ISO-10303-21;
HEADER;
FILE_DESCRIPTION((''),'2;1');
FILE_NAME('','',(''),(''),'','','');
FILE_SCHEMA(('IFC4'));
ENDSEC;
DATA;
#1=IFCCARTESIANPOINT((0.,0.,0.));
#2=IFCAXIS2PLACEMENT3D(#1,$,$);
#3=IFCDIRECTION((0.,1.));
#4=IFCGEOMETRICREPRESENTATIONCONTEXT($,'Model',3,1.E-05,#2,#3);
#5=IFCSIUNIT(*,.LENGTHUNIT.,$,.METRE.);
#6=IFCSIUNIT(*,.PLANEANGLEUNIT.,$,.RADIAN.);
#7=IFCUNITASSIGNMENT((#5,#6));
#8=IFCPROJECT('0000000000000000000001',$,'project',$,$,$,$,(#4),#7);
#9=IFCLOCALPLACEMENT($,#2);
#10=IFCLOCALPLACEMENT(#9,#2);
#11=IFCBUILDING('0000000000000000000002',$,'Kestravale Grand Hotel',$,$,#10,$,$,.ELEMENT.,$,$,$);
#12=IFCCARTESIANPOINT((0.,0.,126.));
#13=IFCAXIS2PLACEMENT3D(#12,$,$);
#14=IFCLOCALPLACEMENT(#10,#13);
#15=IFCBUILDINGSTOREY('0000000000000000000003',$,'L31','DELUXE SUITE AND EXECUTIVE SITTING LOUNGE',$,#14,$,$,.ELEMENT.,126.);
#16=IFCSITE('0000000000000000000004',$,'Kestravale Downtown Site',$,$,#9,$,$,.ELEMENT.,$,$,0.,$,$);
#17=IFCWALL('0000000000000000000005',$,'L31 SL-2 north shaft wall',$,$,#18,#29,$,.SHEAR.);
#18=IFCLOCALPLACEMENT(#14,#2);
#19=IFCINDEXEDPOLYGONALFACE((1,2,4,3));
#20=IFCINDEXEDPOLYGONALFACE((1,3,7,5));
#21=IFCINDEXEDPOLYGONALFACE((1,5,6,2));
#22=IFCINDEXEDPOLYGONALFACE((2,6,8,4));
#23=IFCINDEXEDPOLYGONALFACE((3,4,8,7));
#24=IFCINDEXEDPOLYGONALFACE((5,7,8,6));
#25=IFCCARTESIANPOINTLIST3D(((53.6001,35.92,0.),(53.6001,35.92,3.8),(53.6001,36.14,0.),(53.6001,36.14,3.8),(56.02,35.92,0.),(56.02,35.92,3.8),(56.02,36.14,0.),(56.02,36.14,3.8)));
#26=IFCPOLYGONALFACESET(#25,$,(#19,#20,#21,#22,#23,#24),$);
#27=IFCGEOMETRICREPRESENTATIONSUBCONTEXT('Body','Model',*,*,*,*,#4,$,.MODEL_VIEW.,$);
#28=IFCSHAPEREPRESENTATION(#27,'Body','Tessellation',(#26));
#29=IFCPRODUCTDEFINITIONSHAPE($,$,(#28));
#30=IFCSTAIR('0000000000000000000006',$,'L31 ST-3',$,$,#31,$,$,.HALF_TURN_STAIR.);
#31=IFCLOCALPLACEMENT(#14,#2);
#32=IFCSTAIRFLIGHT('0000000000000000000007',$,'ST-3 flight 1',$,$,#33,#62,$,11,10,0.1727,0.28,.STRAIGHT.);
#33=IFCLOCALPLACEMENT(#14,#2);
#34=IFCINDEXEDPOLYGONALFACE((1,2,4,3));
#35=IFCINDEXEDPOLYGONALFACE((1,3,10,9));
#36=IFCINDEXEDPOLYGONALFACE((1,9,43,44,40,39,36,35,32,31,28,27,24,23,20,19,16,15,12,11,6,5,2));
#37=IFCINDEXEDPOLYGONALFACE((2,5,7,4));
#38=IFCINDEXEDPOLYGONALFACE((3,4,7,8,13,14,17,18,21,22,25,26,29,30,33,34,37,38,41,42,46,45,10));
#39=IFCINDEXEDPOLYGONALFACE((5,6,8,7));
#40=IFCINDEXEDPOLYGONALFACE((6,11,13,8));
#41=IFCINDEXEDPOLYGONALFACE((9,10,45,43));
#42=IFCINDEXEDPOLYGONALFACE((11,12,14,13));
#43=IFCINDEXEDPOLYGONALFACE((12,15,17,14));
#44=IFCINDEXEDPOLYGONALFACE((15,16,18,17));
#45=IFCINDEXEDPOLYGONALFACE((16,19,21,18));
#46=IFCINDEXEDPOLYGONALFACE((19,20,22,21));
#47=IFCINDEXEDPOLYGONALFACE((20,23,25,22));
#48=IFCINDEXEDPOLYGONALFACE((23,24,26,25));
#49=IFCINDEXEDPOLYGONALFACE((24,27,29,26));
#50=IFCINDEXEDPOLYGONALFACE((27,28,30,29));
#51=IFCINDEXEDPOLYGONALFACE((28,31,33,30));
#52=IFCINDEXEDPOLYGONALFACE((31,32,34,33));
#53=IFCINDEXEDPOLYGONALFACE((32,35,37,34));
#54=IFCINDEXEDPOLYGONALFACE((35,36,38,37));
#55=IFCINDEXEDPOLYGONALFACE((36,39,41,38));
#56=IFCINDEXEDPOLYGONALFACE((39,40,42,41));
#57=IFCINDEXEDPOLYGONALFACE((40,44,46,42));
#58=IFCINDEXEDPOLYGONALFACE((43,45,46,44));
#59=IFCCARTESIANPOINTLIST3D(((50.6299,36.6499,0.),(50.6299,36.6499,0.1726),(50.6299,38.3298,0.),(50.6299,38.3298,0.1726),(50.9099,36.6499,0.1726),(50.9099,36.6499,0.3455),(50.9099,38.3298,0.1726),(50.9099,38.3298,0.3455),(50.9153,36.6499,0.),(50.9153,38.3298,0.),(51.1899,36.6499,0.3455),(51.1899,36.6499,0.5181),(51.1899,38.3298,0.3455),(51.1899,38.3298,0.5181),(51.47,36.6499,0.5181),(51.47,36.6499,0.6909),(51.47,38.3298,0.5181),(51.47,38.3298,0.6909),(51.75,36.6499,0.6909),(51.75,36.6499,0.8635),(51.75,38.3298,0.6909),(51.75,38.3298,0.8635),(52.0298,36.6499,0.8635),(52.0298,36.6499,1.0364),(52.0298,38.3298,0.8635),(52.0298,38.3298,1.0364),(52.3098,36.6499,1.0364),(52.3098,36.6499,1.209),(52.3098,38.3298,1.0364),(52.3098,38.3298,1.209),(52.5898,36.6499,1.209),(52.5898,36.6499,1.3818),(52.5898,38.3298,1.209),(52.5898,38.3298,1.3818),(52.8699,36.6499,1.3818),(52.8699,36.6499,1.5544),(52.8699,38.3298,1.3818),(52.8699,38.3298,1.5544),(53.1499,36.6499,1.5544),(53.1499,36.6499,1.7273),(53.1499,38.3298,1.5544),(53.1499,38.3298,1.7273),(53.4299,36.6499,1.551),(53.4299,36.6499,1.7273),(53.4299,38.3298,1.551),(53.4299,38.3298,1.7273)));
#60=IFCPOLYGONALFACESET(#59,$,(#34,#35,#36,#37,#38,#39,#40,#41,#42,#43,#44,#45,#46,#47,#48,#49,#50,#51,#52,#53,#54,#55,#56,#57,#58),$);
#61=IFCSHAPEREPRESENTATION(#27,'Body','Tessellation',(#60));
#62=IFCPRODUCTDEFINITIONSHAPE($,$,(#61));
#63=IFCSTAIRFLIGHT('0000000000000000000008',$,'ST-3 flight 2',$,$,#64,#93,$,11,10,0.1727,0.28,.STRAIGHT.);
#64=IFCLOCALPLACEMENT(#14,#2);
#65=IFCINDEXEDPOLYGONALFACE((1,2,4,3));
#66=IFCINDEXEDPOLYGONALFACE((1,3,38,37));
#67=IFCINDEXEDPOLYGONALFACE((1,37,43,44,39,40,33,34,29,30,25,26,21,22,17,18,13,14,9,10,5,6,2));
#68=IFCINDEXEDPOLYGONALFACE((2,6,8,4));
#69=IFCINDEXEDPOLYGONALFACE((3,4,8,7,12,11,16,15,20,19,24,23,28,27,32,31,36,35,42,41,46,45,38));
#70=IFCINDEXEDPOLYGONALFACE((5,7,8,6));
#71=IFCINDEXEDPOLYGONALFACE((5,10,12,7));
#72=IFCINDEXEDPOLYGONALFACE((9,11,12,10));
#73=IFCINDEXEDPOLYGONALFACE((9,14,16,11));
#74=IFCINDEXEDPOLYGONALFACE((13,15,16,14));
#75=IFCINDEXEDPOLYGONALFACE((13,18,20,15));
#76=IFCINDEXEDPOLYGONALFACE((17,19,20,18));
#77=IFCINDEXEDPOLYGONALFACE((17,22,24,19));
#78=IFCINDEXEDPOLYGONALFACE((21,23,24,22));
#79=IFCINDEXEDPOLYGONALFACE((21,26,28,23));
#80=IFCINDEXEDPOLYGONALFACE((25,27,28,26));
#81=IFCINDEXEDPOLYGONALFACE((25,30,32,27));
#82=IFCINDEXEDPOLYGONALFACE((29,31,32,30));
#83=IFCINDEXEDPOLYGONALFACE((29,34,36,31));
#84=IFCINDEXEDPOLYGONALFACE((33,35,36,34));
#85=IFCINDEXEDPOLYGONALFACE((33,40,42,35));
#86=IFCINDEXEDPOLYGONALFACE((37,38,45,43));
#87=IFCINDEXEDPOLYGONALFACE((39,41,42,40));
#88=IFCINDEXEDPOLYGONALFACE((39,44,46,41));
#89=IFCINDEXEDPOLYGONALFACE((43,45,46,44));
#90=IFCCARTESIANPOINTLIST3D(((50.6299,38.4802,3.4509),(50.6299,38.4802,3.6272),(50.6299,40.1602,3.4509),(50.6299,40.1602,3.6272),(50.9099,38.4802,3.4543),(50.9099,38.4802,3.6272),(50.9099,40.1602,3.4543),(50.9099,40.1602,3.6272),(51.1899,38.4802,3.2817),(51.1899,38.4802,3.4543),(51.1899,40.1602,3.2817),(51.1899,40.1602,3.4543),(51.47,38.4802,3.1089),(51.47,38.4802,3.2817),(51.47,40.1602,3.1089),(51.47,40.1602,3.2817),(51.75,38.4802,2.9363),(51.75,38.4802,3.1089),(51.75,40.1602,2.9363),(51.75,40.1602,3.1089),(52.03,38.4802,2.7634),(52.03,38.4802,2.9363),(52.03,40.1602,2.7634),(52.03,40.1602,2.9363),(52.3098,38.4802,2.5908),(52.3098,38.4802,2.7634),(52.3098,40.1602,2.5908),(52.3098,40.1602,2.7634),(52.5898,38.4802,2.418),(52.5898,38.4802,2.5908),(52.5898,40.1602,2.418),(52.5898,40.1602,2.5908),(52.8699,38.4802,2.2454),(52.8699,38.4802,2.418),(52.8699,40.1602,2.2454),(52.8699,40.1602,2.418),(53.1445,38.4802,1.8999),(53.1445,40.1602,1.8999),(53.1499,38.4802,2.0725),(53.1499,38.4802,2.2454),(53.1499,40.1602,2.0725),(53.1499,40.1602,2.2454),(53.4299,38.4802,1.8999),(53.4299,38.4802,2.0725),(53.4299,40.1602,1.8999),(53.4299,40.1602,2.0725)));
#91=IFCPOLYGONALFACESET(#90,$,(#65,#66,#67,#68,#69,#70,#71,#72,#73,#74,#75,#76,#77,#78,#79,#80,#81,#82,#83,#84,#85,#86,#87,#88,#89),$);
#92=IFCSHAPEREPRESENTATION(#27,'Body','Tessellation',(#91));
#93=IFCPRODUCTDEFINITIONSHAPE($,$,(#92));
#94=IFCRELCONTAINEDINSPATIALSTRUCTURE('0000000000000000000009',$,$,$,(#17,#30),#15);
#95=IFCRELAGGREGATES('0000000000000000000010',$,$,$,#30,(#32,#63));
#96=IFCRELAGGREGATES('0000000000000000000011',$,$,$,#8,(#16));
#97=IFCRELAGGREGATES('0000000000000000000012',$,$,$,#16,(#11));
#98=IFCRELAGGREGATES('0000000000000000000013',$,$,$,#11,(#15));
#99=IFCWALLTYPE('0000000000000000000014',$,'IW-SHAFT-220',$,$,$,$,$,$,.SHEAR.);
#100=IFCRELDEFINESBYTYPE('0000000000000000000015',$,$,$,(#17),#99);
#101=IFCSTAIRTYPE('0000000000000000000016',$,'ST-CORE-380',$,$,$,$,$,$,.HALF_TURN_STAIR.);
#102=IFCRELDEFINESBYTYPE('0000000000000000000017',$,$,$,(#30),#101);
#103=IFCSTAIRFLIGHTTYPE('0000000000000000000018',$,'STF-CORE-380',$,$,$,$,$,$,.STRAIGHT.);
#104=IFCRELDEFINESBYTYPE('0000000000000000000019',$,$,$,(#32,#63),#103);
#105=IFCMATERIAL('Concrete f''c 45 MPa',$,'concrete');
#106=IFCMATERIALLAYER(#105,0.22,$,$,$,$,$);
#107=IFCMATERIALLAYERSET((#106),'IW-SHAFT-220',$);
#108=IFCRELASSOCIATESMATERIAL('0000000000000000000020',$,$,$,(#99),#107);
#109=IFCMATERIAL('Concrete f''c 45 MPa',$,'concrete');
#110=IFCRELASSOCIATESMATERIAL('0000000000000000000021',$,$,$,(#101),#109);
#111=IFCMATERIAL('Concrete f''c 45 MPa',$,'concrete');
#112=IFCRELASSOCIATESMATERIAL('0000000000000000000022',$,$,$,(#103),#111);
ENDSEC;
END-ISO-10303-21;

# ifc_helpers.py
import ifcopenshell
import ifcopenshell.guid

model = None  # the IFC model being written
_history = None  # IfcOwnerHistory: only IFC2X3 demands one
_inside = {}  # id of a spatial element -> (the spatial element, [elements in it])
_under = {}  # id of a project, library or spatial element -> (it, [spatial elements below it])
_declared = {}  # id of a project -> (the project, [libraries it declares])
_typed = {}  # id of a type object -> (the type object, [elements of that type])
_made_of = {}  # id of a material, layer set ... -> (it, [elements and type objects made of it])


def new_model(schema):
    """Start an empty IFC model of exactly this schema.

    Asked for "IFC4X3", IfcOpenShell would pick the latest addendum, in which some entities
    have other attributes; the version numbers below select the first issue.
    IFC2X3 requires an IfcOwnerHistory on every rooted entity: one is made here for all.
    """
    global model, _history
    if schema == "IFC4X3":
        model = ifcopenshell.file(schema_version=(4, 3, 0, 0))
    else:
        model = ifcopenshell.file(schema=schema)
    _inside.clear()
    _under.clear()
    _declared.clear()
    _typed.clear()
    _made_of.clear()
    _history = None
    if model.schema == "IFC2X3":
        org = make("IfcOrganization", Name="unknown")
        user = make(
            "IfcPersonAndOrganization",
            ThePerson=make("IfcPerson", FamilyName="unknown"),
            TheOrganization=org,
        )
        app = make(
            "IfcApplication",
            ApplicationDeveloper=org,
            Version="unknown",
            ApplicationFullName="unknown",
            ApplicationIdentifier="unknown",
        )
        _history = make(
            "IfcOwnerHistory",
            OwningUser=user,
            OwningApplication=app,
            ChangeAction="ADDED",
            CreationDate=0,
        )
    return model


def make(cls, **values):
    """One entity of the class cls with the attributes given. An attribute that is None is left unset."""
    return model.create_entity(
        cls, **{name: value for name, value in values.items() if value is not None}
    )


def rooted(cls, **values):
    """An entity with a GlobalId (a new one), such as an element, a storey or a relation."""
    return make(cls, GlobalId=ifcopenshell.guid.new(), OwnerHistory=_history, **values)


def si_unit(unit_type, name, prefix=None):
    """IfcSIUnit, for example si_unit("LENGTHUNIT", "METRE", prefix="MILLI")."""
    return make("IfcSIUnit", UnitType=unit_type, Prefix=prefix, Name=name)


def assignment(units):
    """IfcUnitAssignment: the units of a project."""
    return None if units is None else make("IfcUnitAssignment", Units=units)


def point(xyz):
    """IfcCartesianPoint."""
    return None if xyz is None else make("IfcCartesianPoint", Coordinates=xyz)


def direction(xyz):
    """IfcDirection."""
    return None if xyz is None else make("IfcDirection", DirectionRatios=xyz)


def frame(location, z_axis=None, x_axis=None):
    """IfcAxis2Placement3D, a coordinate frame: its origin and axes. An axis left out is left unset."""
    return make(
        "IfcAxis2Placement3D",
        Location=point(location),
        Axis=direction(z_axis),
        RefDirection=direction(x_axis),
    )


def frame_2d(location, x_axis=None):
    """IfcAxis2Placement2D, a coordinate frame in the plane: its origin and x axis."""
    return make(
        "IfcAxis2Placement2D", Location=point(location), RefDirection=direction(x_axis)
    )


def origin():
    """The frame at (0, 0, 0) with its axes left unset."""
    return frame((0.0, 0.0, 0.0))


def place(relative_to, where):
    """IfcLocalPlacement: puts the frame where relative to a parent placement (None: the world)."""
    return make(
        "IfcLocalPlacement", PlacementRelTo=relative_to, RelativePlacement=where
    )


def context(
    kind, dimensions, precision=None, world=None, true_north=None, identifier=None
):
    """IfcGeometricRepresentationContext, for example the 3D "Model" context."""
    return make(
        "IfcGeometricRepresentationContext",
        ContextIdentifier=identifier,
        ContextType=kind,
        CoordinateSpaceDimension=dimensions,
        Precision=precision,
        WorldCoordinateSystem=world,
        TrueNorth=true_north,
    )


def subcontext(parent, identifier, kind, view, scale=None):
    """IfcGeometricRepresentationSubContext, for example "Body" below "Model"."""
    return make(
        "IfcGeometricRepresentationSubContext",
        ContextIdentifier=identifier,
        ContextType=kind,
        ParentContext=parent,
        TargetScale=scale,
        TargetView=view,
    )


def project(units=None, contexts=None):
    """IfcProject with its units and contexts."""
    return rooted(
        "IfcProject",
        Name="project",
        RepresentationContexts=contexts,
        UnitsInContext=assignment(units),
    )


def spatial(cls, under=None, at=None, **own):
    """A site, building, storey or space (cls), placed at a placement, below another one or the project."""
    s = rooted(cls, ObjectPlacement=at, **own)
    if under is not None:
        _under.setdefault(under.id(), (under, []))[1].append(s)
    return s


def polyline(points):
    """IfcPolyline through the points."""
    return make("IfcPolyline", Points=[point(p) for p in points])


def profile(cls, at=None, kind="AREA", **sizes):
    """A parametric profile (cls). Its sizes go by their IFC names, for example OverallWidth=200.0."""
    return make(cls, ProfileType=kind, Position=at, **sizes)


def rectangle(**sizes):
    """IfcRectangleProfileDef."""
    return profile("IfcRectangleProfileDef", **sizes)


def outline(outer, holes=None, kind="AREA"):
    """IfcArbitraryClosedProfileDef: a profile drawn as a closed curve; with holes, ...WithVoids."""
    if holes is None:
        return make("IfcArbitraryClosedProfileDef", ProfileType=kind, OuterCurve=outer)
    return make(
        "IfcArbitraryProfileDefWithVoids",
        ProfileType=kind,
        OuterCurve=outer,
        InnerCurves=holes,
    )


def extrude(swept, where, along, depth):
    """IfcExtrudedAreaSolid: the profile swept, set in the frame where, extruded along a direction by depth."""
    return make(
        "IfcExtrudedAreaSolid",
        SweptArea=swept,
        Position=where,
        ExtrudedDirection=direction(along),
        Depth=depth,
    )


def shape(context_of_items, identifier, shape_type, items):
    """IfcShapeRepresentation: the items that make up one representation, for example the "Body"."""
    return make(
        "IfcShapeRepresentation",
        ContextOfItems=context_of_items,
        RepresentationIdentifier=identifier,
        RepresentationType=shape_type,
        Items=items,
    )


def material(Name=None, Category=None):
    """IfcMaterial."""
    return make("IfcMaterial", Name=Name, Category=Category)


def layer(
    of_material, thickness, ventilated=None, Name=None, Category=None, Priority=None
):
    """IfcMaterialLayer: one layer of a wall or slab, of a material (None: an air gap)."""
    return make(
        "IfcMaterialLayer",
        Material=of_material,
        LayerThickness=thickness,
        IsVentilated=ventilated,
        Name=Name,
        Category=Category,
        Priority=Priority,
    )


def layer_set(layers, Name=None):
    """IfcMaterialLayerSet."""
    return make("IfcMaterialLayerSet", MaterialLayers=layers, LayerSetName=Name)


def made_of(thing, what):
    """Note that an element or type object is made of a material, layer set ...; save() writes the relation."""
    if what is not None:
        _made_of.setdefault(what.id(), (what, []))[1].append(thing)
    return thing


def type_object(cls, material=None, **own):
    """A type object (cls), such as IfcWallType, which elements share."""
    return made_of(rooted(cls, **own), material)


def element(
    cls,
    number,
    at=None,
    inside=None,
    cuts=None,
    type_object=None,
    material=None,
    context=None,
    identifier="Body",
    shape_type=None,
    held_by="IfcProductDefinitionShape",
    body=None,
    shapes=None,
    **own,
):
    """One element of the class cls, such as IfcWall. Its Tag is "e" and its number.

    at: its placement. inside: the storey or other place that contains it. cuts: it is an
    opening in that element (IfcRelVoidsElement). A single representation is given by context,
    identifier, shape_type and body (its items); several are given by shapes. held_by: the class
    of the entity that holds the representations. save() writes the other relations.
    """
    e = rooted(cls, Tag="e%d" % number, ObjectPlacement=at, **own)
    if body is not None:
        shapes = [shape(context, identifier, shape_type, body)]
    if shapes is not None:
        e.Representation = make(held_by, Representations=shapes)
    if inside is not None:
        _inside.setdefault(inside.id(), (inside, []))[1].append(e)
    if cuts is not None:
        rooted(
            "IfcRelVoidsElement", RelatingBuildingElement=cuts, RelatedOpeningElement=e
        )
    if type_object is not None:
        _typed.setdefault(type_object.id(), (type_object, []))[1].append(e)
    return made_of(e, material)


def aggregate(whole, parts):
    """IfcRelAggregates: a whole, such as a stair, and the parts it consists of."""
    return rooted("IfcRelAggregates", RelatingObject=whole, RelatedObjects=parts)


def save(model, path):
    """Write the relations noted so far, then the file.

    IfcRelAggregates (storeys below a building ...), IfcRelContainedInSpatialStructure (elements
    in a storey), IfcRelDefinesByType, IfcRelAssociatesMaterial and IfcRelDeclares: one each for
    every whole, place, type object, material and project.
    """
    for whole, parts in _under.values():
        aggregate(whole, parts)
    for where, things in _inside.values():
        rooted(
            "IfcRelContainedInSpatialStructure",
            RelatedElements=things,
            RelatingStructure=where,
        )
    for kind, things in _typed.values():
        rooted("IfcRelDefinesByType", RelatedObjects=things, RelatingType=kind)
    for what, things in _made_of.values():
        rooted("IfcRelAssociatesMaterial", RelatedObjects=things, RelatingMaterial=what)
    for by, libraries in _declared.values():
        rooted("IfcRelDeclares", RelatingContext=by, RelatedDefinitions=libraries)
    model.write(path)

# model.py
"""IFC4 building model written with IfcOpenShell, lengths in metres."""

from ifc_helpers import new_model, si_unit, direction, frame, frame_2d, origin, place, context, subcontext, project, spatial, polyline, rectangle, outline, extrude, material, layer, layer_set, type_object, element, aggregate, save


model = new_model("IFC4")

# Units and contexts
model_context = context("Model", 3, precision=1e-05, world=origin(), true_north=direction((0.0, 1.0)))
body_context = subcontext(model_context, "Body", "Model", "MODEL_VIEW")
ifc_project = project(units=[si_unit("LENGTHUNIT", "METRE"), si_unit("PLANEANGLEUNIT", "RADIAN")], contexts=[model_context])

# Site, building, storey
site_placement = place(None, origin())
site = spatial("IfcSite", under=ifc_project, at=site_placement, Name="Kestravale Downtown Site", CompositionType="ELEMENT", RefElevation=0.0)
building_placement = place(site_placement, origin())
building = spatial("IfcBuilding", under=site, at=building_placement, Name="Kestravale Grand Hotel", CompositionType="ELEMENT")
storey_placement = place(building_placement, frame((0.0, 0.0, 126.0)))
storey = spatial("IfcBuildingStorey", under=building, at=storey_placement, Name="L31", Description="DELUXE SUITE AND EXECUTIVE SITTING LOUNGE", CompositionType="ELEMENT", Elevation=126.0)

# Shared definitions
ifc_material_1 = material(Name="Concrete f'c 45 MPa", Category="concrete")
ifc_layer_1 = layer(ifc_material_1, 0.22)
ifc_layer_set_1 = layer_set([ifc_layer_1], Name="IW-SHAFT-220")
wall_type_1 = type_object("IfcWallType", Name="IW-SHAFT-220", PredefinedType="SHEAR", material=ifc_layer_set_1)

# Wall
wall_1_placement = place(storey_placement, frame((53.6001, 36.03, 0.0), z_axis=(0.0, 0.0, 1.0), x_axis=(1.0, 0.0, 0.0)))
element("IfcWall", 1, at=wall_1_placement, inside=storey, type_object=wall_type_1, Name="L31 SL-2 north shaft wall", PredefinedType="SHEAR", context=body_context, shape_type="SweptSolid", body=[
    extrude(rectangle(XDim=2.4199, YDim=0.22, at=frame_2d((1.21, 0.0))), origin(), (0.0, 0.0, 1.0), 3.8),
])

# Stair, stair flights
ifc_material_2 = material(Name="Concrete f'c 45 MPa", Category="concrete")
stair_type = type_object("IfcStairType", Name="ST-CORE-380", PredefinedType="HALF_TURN_STAIR", material=ifc_material_2)
stair_placement = place(storey_placement, origin())
stair = element("IfcStair", 2, at=stair_placement, inside=storey, type_object=stair_type, Name="L31 ST-3", PredefinedType="HALF_TURN_STAIR")
ifc_material_3 = material(Name="Concrete f'c 45 MPa", Category="concrete")
stair_flight_type = type_object("IfcStairFlightType", Name="STF-CORE-380", PredefinedType="STRAIGHT", material=ifc_material_3)
stair_flight_1_placement = place(storey_placement, frame((50.6299, 37.49, 0.0), z_axis=(0.0, 0.0, 1.0), x_axis=(1.0, 0.0, 0.0)))
stair_flight_1 = element("IfcStairFlight", 3, at=stair_flight_1_placement, type_object=stair_flight_type, Name="ST-3 flight 1", NumberOfRisers=11, NumberOfTreads=10, PredefinedType="STRAIGHT", RiserHeight=0.1727, TreadLength=0.28, context=body_context, shape_type="SweptSolid", body=[
    extrude(outline(polyline([(0.0, 0.0), (0.0, 0.1726), (0.28, 0.1726), (0.28, 0.3455), (0.5601, 0.3455), (0.5601, 0.5181), (0.8401, 0.5181), (0.8401, 0.6909), (1.1201, 0.6909), (1.1201, 0.8635), (1.3999, 0.8635), (1.3999, 1.0364), (1.6799, 1.0364), (1.6799, 1.209), (1.96, 1.209), (1.96, 1.3818), (2.24, 1.3818), (2.24, 1.5544), (2.52, 1.5544), (2.52, 1.7273), (2.8, 1.7273), (2.8, 1.8999), (2.8, 1.551), (0.2854, 0.0), (0.0, 0.0)])), frame((0.0, 0.8398, 0.0), z_axis=(0.0, -1.0, 0.0), x_axis=(1.0, 0.0, 0.0)), (0.0, 0.0, 1.0), 1.6799),
])
stair_flight_2_placement = place(storey_placement, frame((53.4299, 39.3201, 1.8999), z_axis=(0.0, 0.0, 1.0), x_axis=(-1.0, 0.0, 0.0)))
stair_flight_2 = element("IfcStairFlight", 4, at=stair_flight_2_placement, type_object=stair_flight_type, Name="ST-3 flight 2", NumberOfRisers=11, NumberOfTreads=10, PredefinedType="STRAIGHT", RiserHeight=0.1727, TreadLength=0.28, context=body_context, shape_type="SweptSolid", body=[
    extrude(outline(polyline([(0.0, 0.0), (0.0, 0.1726), (0.28, 0.1726), (0.28, 0.3455), (0.5601, 0.3455), (0.5601, 0.5181), (0.8401, 0.5181), (0.8401, 0.6909), (1.1201, 0.6909), (1.1201, 0.8635), (1.3999, 0.8635), (1.3999, 1.0364), (1.6799, 1.0364), (1.6799, 1.209), (1.96, 1.209), (1.96, 1.3818), (2.24, 1.3818), (2.24, 1.5544), (2.52, 1.5544), (2.52, 1.7273), (2.8, 1.7273), (2.8, 1.8999), (2.8, 1.551), (0.2854, 0.0), (0.0, 0.0)])), frame((0.0, 0.8398, 0.0), z_axis=(0.0, -1.0, 0.0), x_axis=(1.0, 0.0, 0.0)), (0.0, 0.0, 1.0), 1.6799),
])
aggregate(stair, [stair_flight_1, stair_flight_2])

save(model, "model.ifc")
